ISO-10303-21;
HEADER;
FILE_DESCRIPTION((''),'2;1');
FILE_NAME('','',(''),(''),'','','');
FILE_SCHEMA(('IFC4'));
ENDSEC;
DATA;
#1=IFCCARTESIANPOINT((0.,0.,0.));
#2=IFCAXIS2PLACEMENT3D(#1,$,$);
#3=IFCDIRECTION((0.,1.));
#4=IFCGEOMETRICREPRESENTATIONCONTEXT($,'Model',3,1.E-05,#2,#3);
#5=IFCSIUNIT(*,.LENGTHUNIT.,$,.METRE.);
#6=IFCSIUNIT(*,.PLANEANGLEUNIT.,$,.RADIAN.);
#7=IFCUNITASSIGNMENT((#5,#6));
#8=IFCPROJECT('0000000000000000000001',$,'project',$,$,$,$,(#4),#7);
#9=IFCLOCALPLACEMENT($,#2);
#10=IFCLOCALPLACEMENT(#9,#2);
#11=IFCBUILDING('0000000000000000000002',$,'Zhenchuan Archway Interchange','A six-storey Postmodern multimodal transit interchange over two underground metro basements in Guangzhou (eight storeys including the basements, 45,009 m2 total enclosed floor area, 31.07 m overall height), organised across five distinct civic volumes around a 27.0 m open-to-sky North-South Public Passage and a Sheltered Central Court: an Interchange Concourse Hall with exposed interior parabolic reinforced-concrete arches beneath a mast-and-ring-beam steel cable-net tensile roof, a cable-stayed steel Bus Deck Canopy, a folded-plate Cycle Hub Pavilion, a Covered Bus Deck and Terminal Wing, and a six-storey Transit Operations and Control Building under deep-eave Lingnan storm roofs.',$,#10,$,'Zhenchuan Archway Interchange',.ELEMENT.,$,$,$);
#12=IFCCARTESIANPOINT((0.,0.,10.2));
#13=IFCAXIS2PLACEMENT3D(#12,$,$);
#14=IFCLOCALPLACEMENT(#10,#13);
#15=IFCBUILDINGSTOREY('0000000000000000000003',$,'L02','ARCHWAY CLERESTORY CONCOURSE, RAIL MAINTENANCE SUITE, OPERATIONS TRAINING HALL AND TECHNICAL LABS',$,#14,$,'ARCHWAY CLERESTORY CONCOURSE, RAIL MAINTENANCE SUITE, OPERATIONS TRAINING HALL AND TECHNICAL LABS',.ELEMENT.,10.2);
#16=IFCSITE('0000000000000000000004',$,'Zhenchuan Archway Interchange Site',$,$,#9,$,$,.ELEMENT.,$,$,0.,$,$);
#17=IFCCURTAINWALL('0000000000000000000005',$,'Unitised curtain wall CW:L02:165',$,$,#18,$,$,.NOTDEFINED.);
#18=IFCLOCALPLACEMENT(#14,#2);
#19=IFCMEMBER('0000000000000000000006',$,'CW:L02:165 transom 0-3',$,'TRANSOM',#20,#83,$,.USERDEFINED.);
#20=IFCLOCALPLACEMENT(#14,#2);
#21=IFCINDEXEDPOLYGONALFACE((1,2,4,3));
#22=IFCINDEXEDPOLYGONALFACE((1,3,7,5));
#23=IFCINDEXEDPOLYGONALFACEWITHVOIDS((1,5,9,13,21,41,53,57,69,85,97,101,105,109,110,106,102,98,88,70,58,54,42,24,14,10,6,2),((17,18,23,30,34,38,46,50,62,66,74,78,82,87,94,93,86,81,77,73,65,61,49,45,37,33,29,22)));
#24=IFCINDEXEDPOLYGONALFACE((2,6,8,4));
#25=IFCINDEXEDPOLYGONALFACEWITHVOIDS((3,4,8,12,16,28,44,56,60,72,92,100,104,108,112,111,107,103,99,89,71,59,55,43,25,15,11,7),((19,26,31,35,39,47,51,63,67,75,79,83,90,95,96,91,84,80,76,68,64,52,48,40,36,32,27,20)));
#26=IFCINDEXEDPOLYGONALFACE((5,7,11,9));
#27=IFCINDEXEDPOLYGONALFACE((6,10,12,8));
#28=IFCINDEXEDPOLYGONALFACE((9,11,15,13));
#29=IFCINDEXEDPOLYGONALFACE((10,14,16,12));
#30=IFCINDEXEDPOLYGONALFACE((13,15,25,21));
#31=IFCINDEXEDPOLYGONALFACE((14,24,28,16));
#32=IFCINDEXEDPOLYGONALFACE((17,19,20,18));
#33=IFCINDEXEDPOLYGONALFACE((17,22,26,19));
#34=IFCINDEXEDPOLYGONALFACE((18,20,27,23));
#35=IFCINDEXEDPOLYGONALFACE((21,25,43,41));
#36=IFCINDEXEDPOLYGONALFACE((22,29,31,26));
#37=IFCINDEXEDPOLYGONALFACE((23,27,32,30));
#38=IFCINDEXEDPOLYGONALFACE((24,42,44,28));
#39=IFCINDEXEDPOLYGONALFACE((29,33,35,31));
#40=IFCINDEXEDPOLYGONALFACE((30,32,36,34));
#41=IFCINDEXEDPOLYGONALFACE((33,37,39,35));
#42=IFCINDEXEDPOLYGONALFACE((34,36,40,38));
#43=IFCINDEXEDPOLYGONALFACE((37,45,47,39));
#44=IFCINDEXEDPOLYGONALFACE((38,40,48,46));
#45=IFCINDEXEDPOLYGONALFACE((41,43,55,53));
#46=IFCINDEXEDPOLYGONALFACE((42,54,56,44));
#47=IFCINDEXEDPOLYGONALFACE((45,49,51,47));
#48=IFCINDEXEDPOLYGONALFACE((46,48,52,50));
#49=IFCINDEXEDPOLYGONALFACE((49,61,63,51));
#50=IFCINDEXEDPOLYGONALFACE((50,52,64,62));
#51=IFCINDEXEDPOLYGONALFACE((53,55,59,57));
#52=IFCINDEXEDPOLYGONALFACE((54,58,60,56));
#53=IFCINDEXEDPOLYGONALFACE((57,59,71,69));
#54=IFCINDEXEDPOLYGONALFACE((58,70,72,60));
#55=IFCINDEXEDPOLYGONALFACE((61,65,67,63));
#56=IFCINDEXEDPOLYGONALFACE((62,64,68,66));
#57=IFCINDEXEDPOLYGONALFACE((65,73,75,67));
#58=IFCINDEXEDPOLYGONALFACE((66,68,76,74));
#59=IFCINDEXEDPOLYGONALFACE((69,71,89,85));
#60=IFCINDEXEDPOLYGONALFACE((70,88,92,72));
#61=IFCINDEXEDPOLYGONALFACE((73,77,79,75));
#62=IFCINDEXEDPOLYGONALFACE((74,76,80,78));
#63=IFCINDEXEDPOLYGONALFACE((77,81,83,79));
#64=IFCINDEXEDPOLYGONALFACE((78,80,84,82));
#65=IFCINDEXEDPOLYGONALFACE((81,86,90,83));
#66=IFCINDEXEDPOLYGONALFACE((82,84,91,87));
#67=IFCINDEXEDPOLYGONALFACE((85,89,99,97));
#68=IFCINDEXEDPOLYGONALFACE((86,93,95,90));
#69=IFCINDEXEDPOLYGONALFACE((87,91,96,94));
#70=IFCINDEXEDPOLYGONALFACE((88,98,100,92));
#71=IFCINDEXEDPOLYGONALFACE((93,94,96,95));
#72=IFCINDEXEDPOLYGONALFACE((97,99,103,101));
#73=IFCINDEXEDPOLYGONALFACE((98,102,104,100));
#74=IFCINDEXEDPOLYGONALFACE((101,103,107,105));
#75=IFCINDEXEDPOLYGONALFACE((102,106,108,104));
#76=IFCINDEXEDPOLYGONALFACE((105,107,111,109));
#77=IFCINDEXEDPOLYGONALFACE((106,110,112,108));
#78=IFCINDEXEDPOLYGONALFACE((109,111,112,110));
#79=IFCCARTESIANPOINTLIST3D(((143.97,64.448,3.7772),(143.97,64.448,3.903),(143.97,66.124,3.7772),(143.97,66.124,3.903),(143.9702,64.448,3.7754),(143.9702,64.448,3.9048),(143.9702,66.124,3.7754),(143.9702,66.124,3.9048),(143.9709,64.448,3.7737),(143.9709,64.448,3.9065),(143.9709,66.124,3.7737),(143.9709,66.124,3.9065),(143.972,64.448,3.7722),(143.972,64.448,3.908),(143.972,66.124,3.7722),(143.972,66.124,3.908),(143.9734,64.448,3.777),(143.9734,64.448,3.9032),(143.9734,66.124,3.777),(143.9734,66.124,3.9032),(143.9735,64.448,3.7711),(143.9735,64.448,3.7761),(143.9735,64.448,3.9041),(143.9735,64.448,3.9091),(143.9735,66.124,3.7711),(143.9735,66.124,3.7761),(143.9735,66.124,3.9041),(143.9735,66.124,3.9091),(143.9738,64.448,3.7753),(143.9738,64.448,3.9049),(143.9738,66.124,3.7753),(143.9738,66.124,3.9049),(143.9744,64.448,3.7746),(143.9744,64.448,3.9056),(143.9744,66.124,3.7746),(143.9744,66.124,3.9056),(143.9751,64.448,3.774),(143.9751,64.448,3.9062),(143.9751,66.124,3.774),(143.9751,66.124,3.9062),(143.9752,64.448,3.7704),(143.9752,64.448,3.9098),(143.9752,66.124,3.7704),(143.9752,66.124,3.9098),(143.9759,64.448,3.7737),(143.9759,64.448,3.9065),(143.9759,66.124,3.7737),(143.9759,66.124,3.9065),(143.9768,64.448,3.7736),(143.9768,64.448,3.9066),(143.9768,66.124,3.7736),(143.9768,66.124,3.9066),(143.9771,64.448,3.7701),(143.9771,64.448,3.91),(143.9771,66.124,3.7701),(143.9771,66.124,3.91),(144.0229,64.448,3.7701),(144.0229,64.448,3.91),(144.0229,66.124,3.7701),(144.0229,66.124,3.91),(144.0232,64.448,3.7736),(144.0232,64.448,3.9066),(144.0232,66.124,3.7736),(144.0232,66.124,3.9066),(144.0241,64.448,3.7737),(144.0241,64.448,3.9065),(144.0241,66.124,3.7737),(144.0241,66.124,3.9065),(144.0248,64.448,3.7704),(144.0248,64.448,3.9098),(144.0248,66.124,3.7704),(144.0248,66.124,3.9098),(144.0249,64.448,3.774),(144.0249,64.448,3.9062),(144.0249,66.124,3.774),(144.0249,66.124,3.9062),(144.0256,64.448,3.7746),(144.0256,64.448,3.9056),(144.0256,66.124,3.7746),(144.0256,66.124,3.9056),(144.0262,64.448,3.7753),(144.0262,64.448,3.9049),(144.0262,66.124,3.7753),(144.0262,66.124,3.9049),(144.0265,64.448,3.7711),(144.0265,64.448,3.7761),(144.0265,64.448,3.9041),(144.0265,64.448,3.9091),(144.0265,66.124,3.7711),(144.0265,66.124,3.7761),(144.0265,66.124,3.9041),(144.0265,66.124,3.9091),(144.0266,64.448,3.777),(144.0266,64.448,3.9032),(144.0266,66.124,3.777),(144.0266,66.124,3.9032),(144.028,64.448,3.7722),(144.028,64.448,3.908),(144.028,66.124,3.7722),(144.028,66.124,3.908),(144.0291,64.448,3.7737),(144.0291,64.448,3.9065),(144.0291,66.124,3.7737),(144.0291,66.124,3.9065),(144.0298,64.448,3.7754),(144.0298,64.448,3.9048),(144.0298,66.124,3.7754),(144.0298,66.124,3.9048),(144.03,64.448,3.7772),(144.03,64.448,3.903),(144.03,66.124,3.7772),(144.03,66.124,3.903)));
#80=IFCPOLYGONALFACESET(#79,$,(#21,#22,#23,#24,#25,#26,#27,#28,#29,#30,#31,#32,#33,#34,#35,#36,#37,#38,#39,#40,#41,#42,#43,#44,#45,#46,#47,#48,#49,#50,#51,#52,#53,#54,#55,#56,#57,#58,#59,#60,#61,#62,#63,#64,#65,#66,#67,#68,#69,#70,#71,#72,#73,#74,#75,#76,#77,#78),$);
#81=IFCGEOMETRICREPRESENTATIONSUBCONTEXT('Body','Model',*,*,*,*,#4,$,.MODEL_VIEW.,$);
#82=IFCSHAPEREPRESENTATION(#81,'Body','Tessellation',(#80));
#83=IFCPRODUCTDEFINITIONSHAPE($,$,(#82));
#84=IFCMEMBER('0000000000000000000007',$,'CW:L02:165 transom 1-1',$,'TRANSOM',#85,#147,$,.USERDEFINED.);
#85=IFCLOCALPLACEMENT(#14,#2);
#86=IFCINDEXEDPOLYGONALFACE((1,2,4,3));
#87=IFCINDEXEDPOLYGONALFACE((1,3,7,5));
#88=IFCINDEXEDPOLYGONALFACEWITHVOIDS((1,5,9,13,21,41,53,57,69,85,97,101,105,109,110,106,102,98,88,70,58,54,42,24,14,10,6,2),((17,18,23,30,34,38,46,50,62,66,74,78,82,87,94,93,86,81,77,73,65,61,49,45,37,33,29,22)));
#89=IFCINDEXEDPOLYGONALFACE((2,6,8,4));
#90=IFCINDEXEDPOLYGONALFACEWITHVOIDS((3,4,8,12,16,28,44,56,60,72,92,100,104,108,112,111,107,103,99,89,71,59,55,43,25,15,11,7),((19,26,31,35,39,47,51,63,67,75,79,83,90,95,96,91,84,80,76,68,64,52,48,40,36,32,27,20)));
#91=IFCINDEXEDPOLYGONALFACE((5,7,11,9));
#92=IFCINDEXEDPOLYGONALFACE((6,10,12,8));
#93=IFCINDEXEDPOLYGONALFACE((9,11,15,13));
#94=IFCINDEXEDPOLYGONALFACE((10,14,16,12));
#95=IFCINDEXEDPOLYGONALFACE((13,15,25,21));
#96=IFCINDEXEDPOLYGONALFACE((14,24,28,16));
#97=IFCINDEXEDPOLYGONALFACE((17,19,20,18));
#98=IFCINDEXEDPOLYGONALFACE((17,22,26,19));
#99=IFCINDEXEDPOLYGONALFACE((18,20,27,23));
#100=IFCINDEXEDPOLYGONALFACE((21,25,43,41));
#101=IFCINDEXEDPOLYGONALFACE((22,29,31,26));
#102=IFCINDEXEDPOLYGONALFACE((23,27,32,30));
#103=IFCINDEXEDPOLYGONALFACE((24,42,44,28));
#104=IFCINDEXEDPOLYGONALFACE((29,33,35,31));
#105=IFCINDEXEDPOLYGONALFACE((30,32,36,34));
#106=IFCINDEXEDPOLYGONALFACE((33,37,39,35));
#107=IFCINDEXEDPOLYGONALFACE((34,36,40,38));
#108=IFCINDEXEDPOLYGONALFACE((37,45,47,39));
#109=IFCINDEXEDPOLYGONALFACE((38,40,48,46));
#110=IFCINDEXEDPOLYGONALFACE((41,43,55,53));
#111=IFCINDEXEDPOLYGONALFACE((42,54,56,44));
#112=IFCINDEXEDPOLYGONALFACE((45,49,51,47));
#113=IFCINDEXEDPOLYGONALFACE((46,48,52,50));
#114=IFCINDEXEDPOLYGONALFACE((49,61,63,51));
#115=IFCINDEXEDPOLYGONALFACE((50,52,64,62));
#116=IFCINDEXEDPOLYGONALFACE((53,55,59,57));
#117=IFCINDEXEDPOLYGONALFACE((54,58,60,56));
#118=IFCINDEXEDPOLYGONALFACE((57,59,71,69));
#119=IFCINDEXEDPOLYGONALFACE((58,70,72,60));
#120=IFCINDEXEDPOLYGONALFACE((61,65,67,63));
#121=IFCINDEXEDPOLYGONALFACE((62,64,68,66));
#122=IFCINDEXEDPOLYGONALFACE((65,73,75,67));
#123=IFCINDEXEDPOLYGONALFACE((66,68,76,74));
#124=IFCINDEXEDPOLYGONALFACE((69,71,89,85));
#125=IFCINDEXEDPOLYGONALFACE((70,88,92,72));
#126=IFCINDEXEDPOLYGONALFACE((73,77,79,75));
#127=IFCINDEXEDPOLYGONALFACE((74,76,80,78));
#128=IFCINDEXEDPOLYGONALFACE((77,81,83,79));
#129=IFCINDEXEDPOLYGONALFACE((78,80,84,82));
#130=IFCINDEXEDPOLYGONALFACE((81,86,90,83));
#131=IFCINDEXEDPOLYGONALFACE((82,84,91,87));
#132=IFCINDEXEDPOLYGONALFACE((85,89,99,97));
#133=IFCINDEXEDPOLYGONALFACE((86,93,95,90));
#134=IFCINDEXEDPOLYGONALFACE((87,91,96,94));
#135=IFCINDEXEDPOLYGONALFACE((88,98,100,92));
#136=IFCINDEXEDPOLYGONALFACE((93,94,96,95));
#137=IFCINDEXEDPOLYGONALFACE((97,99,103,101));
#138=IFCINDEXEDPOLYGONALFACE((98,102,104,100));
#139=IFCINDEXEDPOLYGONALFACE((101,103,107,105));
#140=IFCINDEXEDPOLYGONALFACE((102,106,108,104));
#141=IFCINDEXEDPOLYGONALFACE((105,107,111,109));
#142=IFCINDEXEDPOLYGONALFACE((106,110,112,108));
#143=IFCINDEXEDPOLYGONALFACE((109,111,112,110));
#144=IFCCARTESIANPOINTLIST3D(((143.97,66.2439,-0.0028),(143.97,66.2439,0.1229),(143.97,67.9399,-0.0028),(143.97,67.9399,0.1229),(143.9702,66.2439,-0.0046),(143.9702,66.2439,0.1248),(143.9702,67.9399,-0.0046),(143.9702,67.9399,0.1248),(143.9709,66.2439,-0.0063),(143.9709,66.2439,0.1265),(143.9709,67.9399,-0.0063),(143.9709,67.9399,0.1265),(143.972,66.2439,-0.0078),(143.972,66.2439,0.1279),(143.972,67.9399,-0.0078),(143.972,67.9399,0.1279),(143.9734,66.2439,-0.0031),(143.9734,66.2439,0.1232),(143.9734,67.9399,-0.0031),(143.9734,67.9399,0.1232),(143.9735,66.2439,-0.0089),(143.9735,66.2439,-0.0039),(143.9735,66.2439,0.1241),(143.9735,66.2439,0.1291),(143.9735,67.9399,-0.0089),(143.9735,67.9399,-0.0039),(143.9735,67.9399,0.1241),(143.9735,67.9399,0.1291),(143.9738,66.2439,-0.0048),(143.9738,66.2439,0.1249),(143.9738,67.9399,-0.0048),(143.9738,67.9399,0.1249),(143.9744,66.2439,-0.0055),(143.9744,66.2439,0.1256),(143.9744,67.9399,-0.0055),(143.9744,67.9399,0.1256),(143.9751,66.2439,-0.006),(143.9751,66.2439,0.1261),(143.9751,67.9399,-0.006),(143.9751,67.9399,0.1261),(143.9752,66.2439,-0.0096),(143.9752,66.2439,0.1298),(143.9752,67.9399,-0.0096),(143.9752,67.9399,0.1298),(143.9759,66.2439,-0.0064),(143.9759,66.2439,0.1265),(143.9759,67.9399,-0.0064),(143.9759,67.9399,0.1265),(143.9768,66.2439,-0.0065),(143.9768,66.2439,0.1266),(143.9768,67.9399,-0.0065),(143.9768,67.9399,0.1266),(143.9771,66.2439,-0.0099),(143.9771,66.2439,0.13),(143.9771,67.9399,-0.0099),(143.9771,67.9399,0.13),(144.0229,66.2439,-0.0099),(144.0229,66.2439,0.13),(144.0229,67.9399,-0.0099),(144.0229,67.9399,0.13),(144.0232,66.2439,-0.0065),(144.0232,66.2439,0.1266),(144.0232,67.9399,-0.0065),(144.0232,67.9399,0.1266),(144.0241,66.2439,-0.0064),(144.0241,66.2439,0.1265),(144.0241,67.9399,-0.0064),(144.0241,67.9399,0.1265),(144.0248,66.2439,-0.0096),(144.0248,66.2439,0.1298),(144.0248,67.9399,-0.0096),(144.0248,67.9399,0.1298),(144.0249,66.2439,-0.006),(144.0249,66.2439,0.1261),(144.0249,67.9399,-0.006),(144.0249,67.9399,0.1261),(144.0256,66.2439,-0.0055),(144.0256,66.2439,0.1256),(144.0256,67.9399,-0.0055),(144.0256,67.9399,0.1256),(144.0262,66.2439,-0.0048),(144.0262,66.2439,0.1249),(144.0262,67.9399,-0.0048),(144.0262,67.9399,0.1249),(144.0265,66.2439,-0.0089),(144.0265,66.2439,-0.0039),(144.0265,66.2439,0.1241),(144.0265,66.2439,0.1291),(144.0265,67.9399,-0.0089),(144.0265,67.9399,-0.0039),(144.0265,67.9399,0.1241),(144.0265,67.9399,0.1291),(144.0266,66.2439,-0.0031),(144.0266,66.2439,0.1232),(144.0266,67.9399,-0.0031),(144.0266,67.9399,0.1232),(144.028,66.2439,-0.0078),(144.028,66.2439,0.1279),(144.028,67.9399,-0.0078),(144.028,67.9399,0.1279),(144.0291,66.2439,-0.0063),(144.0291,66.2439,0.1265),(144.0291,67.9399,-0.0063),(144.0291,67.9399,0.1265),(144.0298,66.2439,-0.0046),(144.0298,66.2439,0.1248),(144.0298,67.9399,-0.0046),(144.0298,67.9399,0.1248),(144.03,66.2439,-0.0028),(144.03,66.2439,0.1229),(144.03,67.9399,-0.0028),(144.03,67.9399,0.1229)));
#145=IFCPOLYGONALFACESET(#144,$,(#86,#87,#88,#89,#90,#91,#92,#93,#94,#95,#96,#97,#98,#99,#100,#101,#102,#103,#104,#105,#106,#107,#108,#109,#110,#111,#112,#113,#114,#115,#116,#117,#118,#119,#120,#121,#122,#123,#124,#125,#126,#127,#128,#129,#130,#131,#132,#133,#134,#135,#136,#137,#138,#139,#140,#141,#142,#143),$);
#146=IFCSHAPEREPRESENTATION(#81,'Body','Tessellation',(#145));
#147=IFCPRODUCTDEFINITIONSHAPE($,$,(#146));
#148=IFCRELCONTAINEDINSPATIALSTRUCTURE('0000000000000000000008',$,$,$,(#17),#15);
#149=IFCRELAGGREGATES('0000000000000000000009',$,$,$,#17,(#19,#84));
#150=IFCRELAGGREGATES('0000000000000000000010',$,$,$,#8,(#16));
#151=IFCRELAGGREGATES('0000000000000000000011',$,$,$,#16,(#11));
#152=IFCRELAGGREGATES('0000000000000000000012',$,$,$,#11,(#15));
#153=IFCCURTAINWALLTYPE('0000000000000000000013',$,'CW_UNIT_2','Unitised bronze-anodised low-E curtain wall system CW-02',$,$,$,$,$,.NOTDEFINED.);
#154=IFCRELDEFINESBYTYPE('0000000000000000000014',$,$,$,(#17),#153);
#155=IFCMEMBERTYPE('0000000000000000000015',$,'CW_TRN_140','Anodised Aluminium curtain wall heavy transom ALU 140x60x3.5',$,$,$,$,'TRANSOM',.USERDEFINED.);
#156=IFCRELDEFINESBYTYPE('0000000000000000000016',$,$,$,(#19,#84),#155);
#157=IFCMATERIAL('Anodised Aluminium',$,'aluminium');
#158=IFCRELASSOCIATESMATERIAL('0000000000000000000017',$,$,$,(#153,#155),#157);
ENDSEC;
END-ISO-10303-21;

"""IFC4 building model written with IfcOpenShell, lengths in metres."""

from ifc_helpers import new_model, si_unit, direction, frame, origin, origin_2d, place, context, subcontext, project, spatial, hollow_rectangle, extrude, material, material_profile, profile_set, type_object, element, aggregate, save


model = new_model("IFC4")

# Units and contexts
model_context = context("Model", 3, precision=1e-05, world=origin(), true_north=direction((0.0, 1.0)))
body_context = subcontext(model_context, "Body", "Model", "MODEL_VIEW")
ifc_project = project(units=[si_unit("LENGTHUNIT", "METRE"), si_unit("PLANEANGLEUNIT", "RADIAN")], contexts=[model_context])

# Site, building, storey
site_placement = place(None, origin())
site = spatial("IfcSite", under=ifc_project, at=site_placement, Name="Zhenchuan Archway Interchange Site", CompositionType="ELEMENT", RefElevation=0.0)
building_placement = place(site_placement, origin())
building = spatial("IfcBuilding", under=site, at=building_placement, Name="Zhenchuan Archway Interchange", Description="A six-storey Postmodern multimodal transit interchange over two underground metro basements in Guangzhou (eight storeys including the basements, 45,009 m2 total enclosed floor area, 31.07 m overall height), organised across five distinct civic volumes around a 27.0 m open-to-sky North-South Public Passage and a Sheltered Central Court: an Interchange Concourse Hall with exposed interior parabolic reinforced-concrete arches beneath a mast-and-ring-beam steel cable-net tensile roof, a cable-stayed steel Bus Deck Canopy, a folded-plate Cycle Hub Pavilion, a Covered Bus Deck and Terminal Wing, and a six-storey Transit Operations and Control Building under deep-eave Lingnan storm roofs.", LongName="Zhenchuan Archway Interchange", CompositionType="ELEMENT")
storey_placement = place(building_placement, frame((0.0, 0.0, 10.2)))
storey = spatial("IfcBuildingStorey", under=building, at=storey_placement, Name="L02", Description="ARCHWAY CLERESTORY CONCOURSE, RAIL MAINTENANCE SUITE, OPERATIONS TRAINING HALL AND TECHNICAL LABS", LongName="ARCHWAY CLERESTORY CONCOURSE, RAIL MAINTENANCE SUITE, OPERATIONS TRAINING HALL AND TECHNICAL LABS", CompositionType="ELEMENT", Elevation=10.2)

# Curtain wall, members
ifc_material_1 = material(Name="Anodised Aluminium", Category="aluminium")
curtain_wall_type = type_object("IfcCurtainWallType", Name="CW_UNIT_2", Description="Unitised bronze-anodised low-E curtain wall system CW-02", PredefinedType="NOTDEFINED", material=ifc_material_1)
curtain_wall_placement = place(storey_placement, origin())
curtain_wall = element("IfcCurtainWall", 1, at=curtain_wall_placement, inside=storey, type_object=curtain_wall_type, Name="Unitised curtain wall CW:L02:165", PredefinedType="NOTDEFINED")
ifc_material_profile_1 = material_profile(ifc_material_1, hollow_rectangle(XDim=0.0601, YDim=0.1399, WallThickness=0.0034, InnerFilletRadius=0.0034, OuterFilletRadius=0.0071, at=origin_2d()), Name="ALU 140x60x3.5")
ifc_profile_set_1 = profile_set([ifc_material_profile_1], Name="Anodised Aluminium")
member_type_1 = type_object("IfcMemberType", Name="CW_TRN_140", Description="Anodised Aluminium curtain wall heavy transom ALU 140x60x3.5", ElementType="TRANSOM", PredefinedType="USERDEFINED", material=ifc_profile_set_1)
member_1_placement = place(storey_placement, frame((144.0, 64.448, 3.8401), z_axis=(0.0, 1.0, 0.0), x_axis=(-1.0, 0.0, 0.0)))
member_1 = element("IfcMember", 2, at=member_1_placement, type_object=member_type_1, Name="CW:L02:165 transom 0-3", ObjectType="TRANSOM", PredefinedType="USERDEFINED", context=body_context, shape_type="SweptSolid", body=[
    extrude(hollow_rectangle(XDim=0.0601, YDim=0.1399, WallThickness=0.0034, InnerFilletRadius=0.0034, OuterFilletRadius=0.0071, at=origin_2d()), origin(), (0.0, 0.0, 1.0), 1.676),
])
member_2_placement = place(storey_placement, frame((144.0, 66.2439, 0.0601), z_axis=(0.0, 1.0, 0.0), x_axis=(-1.0, 0.0, 0.0)))
member_2 = element("IfcMember", 3, at=member_2_placement, type_object=member_type_1, Name="CW:L02:165 transom 1-1", ObjectType="TRANSOM", PredefinedType="USERDEFINED", context=body_context, shape_type="SweptSolid", body=[
    extrude(hollow_rectangle(XDim=0.0601, YDim=0.1399, WallThickness=0.0034, InnerFilletRadius=0.0034, OuterFilletRadius=0.0071, at=origin_2d()), origin(), (0.0, 0.0, 1.0), 1.696),
])

aggregate(curtain_wall, [member_1, member_2])

save(model, "model.ifc")
